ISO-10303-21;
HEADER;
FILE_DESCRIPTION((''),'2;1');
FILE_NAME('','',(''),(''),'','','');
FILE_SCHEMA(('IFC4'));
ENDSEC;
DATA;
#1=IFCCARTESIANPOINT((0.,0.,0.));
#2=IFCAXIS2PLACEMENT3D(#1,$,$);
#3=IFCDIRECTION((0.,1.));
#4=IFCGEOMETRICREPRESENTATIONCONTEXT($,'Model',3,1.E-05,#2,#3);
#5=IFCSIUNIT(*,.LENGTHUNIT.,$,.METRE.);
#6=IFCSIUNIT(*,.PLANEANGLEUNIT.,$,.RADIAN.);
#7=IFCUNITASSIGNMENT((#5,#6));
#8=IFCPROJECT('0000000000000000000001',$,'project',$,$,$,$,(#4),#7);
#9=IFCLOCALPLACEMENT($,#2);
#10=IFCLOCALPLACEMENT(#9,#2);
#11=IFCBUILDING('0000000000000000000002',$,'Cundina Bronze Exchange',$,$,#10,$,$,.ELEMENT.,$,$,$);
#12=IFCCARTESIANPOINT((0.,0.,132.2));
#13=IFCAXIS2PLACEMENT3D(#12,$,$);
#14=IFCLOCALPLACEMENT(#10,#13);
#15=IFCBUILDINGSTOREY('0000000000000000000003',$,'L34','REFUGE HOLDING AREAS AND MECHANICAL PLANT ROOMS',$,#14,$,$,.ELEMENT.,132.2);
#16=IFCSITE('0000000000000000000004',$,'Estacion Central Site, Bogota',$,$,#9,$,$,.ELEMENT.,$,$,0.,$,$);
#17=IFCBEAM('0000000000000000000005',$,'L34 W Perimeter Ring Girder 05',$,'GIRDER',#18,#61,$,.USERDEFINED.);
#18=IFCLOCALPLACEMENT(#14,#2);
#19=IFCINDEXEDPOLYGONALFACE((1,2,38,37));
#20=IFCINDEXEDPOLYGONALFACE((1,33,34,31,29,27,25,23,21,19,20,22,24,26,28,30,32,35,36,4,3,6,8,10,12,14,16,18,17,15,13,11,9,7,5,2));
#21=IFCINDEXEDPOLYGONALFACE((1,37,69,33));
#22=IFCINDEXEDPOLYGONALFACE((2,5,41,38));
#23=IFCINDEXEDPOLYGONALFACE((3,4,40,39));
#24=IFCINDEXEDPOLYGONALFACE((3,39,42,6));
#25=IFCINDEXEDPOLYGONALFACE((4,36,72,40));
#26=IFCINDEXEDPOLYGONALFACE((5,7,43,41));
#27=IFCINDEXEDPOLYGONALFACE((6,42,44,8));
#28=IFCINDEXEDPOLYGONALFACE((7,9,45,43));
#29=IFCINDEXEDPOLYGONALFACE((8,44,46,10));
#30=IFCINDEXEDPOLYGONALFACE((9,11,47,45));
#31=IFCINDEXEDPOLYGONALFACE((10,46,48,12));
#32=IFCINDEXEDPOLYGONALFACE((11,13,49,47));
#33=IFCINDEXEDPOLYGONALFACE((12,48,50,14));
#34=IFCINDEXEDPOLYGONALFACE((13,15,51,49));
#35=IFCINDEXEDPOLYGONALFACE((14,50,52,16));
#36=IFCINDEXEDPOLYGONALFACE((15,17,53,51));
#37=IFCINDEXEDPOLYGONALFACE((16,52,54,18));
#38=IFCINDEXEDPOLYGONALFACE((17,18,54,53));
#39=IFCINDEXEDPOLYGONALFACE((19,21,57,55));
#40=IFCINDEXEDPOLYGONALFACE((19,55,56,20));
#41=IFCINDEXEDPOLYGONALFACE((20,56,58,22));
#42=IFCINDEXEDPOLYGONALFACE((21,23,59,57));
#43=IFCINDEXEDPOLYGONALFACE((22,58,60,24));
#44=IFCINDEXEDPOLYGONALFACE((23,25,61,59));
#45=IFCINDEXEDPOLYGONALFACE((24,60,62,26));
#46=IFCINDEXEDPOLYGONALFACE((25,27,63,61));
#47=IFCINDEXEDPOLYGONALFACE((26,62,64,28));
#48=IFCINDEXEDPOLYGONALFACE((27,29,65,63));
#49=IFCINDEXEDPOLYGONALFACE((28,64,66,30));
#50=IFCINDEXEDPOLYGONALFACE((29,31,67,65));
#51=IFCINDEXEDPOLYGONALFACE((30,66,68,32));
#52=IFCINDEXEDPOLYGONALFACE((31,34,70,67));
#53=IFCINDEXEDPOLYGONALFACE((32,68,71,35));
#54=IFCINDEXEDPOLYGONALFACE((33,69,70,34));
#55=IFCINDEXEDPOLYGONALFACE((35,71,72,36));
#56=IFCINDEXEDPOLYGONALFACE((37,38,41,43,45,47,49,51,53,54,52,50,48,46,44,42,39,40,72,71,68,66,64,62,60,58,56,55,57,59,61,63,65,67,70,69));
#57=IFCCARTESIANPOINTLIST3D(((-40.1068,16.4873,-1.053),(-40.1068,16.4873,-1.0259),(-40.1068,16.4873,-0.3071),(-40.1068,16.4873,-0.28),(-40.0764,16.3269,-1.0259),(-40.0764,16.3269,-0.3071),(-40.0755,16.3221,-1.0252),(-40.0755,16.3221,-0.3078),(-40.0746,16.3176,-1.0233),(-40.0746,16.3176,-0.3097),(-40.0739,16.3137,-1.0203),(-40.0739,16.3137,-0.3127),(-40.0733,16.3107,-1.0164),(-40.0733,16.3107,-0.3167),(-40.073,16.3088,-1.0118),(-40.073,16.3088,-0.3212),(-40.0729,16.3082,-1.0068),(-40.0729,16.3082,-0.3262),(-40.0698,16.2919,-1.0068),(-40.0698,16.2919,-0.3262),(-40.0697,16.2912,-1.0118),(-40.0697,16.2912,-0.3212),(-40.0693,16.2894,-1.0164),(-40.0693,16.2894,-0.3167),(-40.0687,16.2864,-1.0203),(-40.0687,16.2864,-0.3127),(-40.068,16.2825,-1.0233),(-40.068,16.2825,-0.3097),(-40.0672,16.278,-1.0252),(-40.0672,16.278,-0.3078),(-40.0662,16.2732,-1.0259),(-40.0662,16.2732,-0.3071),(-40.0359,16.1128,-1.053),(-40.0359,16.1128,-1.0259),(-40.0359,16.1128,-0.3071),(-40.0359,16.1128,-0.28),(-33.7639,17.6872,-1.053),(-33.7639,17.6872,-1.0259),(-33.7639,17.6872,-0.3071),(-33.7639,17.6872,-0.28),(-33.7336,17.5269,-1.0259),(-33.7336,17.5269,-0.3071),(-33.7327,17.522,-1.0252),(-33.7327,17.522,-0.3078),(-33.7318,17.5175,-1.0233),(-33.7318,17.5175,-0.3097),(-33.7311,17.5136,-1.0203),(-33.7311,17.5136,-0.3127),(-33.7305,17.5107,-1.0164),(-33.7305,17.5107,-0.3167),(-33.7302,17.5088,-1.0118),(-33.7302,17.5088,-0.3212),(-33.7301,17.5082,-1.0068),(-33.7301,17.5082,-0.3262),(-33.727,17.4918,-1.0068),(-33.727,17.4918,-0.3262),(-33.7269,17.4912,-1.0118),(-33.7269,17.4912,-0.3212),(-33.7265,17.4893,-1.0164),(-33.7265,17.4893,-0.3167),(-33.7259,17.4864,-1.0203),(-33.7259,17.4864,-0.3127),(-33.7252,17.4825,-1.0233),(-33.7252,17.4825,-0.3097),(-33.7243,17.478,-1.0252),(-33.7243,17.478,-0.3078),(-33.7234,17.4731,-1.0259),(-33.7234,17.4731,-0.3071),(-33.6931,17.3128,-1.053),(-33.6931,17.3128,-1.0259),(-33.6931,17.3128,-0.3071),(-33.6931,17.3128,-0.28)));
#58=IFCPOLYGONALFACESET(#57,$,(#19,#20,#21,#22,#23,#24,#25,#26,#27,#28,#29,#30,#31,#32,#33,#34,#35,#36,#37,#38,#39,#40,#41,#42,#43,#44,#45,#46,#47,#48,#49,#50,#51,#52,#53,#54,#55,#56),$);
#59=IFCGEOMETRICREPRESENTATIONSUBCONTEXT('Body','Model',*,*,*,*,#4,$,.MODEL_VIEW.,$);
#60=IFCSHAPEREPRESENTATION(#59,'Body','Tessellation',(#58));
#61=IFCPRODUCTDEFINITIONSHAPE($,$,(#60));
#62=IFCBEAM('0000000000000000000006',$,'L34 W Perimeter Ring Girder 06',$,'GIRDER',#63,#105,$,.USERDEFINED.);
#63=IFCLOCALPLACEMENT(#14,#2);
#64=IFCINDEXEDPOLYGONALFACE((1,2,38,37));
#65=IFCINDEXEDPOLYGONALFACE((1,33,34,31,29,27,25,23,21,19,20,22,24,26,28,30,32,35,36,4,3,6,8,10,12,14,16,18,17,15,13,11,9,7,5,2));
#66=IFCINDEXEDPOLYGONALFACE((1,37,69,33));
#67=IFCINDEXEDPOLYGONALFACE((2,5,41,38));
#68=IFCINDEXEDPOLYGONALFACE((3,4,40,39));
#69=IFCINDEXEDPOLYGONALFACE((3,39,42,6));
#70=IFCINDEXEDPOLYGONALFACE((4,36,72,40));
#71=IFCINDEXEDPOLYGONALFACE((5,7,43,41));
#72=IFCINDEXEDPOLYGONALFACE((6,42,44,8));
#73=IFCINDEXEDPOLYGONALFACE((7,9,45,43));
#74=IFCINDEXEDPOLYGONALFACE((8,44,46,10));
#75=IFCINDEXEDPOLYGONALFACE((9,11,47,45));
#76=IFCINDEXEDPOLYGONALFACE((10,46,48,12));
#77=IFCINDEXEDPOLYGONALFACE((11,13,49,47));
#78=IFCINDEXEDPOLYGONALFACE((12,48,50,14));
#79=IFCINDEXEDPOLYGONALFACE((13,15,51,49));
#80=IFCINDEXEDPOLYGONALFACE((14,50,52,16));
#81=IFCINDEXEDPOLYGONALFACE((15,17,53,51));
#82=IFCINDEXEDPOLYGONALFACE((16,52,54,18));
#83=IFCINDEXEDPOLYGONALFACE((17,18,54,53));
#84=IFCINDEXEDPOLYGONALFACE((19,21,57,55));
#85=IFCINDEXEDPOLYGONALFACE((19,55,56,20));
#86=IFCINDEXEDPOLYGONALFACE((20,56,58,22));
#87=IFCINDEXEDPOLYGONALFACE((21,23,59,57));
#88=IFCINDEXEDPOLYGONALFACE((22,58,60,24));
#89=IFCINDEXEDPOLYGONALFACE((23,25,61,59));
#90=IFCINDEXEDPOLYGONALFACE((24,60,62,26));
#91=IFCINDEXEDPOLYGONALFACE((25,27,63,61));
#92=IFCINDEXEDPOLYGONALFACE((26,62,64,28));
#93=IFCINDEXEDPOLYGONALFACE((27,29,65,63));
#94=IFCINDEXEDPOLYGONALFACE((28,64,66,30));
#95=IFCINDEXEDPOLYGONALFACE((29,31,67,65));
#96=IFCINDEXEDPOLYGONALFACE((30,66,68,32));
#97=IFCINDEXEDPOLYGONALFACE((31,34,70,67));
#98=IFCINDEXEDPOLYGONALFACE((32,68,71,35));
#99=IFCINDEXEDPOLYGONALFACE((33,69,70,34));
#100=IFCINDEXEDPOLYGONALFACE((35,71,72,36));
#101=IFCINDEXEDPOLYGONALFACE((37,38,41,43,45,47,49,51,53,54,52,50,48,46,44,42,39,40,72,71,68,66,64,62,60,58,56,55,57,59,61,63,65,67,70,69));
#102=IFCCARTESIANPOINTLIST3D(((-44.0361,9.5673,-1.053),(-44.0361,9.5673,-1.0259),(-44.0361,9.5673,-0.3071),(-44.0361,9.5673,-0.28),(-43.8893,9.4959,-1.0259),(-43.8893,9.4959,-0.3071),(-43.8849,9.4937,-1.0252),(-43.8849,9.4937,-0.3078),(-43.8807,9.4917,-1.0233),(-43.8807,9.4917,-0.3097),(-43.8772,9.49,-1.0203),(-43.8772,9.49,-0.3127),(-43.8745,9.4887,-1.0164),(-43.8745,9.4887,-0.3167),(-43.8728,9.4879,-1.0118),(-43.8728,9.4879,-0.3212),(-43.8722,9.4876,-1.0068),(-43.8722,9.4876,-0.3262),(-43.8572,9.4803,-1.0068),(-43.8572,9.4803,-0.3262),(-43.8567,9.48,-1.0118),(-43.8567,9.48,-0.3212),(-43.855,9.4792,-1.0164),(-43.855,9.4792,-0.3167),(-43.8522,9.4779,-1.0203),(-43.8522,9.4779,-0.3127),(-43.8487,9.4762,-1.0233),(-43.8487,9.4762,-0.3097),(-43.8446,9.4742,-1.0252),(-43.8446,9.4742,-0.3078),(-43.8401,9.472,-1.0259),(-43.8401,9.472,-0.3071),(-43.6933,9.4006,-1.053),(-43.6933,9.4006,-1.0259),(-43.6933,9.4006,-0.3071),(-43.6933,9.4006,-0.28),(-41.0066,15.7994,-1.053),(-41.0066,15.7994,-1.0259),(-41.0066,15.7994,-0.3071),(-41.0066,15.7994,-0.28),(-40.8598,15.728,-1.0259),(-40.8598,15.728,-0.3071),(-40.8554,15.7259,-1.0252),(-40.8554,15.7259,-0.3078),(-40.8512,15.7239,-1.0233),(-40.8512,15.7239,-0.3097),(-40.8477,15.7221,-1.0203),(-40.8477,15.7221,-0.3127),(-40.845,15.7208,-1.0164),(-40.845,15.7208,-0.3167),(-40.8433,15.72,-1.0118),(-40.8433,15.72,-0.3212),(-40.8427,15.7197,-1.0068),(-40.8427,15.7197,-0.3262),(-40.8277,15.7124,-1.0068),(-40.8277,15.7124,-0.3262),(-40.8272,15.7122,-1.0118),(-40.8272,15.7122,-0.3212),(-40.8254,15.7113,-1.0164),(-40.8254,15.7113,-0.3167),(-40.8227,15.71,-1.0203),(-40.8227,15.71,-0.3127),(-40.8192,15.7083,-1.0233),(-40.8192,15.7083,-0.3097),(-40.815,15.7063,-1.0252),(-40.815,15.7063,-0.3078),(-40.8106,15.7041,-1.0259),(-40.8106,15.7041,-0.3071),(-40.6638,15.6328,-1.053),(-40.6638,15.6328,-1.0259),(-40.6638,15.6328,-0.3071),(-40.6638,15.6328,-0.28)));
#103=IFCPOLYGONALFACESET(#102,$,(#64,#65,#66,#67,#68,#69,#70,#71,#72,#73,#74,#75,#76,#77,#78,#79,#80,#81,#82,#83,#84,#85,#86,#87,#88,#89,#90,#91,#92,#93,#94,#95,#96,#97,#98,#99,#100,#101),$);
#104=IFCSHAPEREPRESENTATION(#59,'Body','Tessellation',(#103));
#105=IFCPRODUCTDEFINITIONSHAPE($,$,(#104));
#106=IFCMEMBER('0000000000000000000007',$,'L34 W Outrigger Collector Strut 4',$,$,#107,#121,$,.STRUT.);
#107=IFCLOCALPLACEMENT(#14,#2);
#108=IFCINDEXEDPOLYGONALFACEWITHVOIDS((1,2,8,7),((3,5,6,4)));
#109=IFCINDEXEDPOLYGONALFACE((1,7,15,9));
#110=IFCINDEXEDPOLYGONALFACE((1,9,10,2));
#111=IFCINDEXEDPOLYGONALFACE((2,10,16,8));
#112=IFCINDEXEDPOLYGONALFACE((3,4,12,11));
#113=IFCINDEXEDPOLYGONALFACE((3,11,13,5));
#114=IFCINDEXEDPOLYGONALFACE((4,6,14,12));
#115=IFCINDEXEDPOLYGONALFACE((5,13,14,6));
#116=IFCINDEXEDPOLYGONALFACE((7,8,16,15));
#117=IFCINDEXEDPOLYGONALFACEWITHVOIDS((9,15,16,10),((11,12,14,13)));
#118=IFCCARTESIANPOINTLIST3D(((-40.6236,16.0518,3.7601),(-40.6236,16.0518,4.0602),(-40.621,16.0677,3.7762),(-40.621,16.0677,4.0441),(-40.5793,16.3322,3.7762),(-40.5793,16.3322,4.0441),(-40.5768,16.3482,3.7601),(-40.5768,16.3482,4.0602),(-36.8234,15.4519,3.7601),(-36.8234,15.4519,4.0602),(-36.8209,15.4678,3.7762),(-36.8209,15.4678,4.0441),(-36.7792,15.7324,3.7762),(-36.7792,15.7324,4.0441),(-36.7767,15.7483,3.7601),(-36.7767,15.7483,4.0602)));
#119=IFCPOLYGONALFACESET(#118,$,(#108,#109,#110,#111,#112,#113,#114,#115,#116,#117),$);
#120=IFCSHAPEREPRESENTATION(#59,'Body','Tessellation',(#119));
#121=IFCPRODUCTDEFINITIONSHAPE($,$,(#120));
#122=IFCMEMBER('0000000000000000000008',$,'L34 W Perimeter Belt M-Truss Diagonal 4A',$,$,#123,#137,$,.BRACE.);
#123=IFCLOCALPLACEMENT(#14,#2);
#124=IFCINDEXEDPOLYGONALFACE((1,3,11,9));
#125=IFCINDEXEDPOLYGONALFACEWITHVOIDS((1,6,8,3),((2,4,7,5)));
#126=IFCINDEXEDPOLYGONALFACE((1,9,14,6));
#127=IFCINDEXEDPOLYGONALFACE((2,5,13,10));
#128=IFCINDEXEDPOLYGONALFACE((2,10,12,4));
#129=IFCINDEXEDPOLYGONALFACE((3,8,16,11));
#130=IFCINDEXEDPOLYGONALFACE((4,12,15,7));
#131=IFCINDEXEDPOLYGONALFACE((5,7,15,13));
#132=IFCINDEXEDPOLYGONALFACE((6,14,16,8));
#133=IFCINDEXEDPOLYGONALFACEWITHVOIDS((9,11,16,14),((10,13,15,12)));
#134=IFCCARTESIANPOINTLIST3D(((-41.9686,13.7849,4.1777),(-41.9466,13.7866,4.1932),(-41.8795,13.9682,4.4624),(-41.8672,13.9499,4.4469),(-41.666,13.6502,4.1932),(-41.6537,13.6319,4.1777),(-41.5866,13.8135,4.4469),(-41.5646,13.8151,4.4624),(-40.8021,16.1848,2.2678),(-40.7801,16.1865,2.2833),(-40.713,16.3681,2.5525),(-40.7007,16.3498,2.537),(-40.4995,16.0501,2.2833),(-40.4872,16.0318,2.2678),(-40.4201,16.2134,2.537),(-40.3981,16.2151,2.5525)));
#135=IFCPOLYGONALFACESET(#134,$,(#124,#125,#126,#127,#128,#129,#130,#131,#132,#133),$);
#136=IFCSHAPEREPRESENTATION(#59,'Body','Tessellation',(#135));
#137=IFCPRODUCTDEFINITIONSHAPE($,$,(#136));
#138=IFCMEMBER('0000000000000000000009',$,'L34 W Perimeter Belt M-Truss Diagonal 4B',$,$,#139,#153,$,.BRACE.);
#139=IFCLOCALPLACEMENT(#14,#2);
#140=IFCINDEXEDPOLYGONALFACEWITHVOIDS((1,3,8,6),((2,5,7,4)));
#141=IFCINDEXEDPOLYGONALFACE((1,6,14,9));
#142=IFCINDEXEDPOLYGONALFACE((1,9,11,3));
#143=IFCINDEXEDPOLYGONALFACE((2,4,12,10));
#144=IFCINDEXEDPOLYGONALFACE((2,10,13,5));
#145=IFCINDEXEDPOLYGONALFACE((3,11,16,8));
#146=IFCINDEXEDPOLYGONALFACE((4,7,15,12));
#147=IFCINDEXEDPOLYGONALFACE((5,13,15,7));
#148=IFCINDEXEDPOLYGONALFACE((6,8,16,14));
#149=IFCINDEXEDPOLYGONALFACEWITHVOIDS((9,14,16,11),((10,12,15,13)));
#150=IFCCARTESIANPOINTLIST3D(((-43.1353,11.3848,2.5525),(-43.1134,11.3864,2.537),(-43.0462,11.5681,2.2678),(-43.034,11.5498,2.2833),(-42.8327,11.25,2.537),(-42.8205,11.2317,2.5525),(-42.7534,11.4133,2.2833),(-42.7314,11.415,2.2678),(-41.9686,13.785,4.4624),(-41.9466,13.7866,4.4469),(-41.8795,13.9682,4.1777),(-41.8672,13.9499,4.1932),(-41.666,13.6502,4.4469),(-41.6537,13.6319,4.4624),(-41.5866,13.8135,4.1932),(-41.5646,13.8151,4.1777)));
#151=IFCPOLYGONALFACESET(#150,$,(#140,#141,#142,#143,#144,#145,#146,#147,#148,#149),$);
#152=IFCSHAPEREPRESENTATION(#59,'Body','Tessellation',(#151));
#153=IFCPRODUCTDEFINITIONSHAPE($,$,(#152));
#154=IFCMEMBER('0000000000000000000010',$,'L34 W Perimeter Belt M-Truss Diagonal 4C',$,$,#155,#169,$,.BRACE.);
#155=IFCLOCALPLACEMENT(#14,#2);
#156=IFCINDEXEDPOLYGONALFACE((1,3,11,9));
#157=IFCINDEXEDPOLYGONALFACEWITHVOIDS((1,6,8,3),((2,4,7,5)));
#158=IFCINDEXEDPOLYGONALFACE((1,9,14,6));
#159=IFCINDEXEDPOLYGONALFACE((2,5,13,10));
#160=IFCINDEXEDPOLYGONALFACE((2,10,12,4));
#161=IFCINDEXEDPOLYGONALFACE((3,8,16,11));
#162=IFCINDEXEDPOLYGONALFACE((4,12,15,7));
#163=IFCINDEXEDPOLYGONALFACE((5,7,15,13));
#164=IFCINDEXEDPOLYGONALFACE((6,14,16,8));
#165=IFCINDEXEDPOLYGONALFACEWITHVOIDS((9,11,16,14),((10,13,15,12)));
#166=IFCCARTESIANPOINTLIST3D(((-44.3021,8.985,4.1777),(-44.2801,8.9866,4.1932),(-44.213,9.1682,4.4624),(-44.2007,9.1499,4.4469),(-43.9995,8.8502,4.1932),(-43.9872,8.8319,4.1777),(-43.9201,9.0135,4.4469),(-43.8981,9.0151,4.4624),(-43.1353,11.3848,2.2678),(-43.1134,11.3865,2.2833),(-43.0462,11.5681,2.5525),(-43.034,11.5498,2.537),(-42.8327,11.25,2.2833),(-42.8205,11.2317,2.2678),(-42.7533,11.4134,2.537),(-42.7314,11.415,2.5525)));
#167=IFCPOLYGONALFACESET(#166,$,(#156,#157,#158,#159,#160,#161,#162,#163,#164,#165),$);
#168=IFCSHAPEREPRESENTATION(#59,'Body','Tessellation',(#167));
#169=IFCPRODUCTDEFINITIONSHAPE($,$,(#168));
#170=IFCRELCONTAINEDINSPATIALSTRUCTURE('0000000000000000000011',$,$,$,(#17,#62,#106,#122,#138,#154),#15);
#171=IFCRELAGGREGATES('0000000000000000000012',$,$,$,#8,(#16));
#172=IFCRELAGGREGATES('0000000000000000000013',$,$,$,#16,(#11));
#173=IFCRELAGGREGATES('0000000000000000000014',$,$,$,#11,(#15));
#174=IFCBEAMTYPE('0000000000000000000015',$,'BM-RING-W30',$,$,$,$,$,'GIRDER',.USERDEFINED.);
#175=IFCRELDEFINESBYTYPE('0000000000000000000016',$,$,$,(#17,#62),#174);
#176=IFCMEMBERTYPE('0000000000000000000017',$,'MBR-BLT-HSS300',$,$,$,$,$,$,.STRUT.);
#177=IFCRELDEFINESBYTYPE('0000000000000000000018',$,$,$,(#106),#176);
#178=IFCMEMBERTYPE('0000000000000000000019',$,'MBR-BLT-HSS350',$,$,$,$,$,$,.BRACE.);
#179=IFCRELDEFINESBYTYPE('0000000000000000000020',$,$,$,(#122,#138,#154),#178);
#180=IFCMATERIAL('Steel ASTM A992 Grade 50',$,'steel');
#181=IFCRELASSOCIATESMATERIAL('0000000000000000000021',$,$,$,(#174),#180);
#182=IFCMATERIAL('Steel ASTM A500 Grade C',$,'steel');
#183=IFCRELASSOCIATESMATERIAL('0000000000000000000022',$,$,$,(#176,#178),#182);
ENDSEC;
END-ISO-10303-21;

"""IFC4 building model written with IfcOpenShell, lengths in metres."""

from ifc_helpers import new_model, si_unit, direction, frame, origin, origin_2d, place, context, subcontext, project, spatial, hollow_rectangle, i_section, extrude, material, material_profile, profile_set, type_object, element, save


model = new_model("IFC4")

# Units and contexts
model_context = context("Model", 3, precision=1e-05, world=origin(), true_north=direction((0.0, 1.0)))
body_context = subcontext(model_context, "Body", "Model", "MODEL_VIEW")
ifc_project = project(units=[si_unit("LENGTHUNIT", "METRE"), si_unit("PLANEANGLEUNIT", "RADIAN")], contexts=[model_context])

# Site, building, storey
site_placement = place(None, origin())
site = spatial("IfcSite", under=ifc_project, at=site_placement, Name="Estacion Central Site, Bogota", CompositionType="ELEMENT", RefElevation=0.0)
building_placement = place(site_placement, origin())
building = spatial("IfcBuilding", under=site, at=building_placement, Name="Cundina Bronze Exchange", CompositionType="ELEMENT")
storey_placement = place(building_placement, frame((0.0, 0.0, 132.2)))
storey = spatial("IfcBuildingStorey", under=building, at=storey_placement, Name="L34", Description="REFUGE HOLDING AREAS AND MECHANICAL PLANT ROOMS", CompositionType="ELEMENT", Elevation=132.2)

# Beams
ifc_material_1 = material(Name="Steel ASTM A992 Grade 50", Category="steel")
ifc_material_profile_1 = material_profile(ifc_material_1, i_section(OverallWidth=0.3811, OverallDepth=0.7729, WebThickness=0.0166, FlangeThickness=0.0271, FilletRadius=0.019, at=origin_2d()), Name="W30X173", Category="steel")
ifc_profile_set_1 = profile_set([ifc_material_profile_1], Name="Steel ASTM A992 Grade 50")
beam_type_1 = type_object("IfcBeamType", Name="BM-RING-W30", ElementType="GIRDER", PredefinedType="USERDEFINED", material=ifc_profile_set_1)
beam_1_placement = place(storey_placement, frame((-33.7285, 17.5, -0.6665), z_axis=(-0.982571, -0.185887, 0.0), x_axis=(0.185887, -0.982571, 0.0)))
element("IfcBeam", 1, at=beam_1_placement, inside=storey, type_object=beam_type_1, Name="L34 W Perimeter Ring Girder 05", ObjectType="GIRDER", PredefinedType="USERDEFINED", context=body_context, shape_type="SweptSolid", body=[
    extrude(i_section(OverallWidth=0.3811, OverallDepth=0.7729, WebThickness=0.0166, FlangeThickness=0.0271, FilletRadius=0.019, at=origin_2d()), origin(), (0.0, 0.0, 1.0), 6.4553),
])
beam_2_placement = place(storey_placement, frame((-40.8352, 15.7161, -0.6665), z_axis=(-0.437194, -0.899367, 0.0), x_axis=(0.899367, -0.437194, 0.0)))
element("IfcBeam", 2, at=beam_2_placement, inside=storey, type_object=beam_type_1, Name="L34 W Perimeter Ring Girder 06", ObjectType="GIRDER", PredefinedType="USERDEFINED", context=body_context, shape_type="SweptSolid", body=[
    extrude(i_section(OverallWidth=0.3811, OverallDepth=0.7729, WebThickness=0.0166, FlangeThickness=0.0271, FilletRadius=0.019, at=origin_2d()), origin(), (0.0, 0.0, 1.0), 6.9294),
])

# Members
ifc_material_2 = material(Name="Steel ASTM A500 Grade C", Category="steel")
ifc_material_profile_2 = material_profile(ifc_material_2, hollow_rectangle(XDim=0.3, YDim=0.3, WallThickness=0.0161, at=origin_2d()), Name="HSS300X300X16", Category="steel")
ifc_profile_set_2 = profile_set([ifc_material_profile_2], Name="Steel ASTM A500 Grade C")
member_type_1 = type_object("IfcMemberType", Name="MBR-BLT-HSS300", PredefinedType="STRUT", material=ifc_profile_set_2)
member_1_placement = place(storey_placement, frame((-36.8, 15.6001, 3.9102), z_axis=(-0.987769, 0.155923, 0.0), x_axis=(-0.155923, -0.987769, 0.0)))
element("IfcMember", 3, at=member_1_placement, inside=storey, type_object=member_type_1, Name="L34 W Outrigger Collector Strut 4", PredefinedType="STRUT", context=body_context, shape_type="SweptSolid", body=[
    extrude(hollow_rectangle(XDim=0.3, YDim=0.3, WallThickness=0.0161, at=origin_2d()), origin(), (0.0, 0.0, 1.0), 3.8472),
])
ifc_material_profile_3 = material_profile(ifc_material_2, hollow_rectangle(XDim=0.3501, YDim=0.3501, WallThickness=0.019, at=origin_2d()), Name="HSS350X350X19", Category="steel")
ifc_profile_set_3 = profile_set([ifc_material_profile_3], Name="Steel ASTM A500 Grade C")
member_type_2 = type_object("IfcMemberType", Name="MBR-BLT-HSS350", PredefinedType="BRACE", material=ifc_profile_set_3)
member_2_placement = place(storey_placement, frame((-40.6001, 16.2, 2.4102), z_axis=(-0.355482, -0.73135, 0.58203), x_axis=(0.899385, -0.437158, 0.0)))
element("IfcMember", 4, at=member_2_placement, inside=storey, type_object=member_type_2, Name="L34 W Perimeter Belt M-Truss Diagonal 4A", PredefinedType="BRACE", context=body_context, shape_type="SweptSolid", body=[
    extrude(hollow_rectangle(XDim=0.3501, YDim=0.3501, WallThickness=0.019, at=origin_2d()), origin(), (0.0, 0.0, 1.0), 3.2815),
])
member_3_placement = place(storey_placement, frame((-41.7666, 13.8, 4.3201), z_axis=(-0.355528, -0.731366, -0.581983), x_axis=(0.899366, -0.437196, 0.0)))
element("IfcMember", 5, at=member_3_placement, inside=storey, type_object=member_type_2, Name="L34 W Perimeter Belt M-Truss Diagonal 4B", PredefinedType="BRACE", context=body_context, shape_type="SweptSolid", body=[
    extrude(hollow_rectangle(XDim=0.3501, YDim=0.3501, WallThickness=0.019, at=origin_2d()), origin(), (0.0, 0.0, 1.0), 3.2817),
])
member_4_placement = place(storey_placement, frame((-42.9333, 11.3999, 2.4102), z_axis=(-0.355547, -0.731331, 0.582015), x_axis=(0.899349, -0.437232, 0.0)))
element("IfcMember", 6, at=member_4_placement, inside=storey, type_object=member_type_2, Name="L34 W Perimeter Belt M-Truss Diagonal 4C", PredefinedType="BRACE", context=body_context, shape_type="SweptSolid", body=[
    extrude(hollow_rectangle(XDim=0.3501, YDim=0.3501, WallThickness=0.019, at=origin_2d()), origin(), (0.0, 0.0, 1.0), 3.2815),
])

save(model, "model.ifc")
